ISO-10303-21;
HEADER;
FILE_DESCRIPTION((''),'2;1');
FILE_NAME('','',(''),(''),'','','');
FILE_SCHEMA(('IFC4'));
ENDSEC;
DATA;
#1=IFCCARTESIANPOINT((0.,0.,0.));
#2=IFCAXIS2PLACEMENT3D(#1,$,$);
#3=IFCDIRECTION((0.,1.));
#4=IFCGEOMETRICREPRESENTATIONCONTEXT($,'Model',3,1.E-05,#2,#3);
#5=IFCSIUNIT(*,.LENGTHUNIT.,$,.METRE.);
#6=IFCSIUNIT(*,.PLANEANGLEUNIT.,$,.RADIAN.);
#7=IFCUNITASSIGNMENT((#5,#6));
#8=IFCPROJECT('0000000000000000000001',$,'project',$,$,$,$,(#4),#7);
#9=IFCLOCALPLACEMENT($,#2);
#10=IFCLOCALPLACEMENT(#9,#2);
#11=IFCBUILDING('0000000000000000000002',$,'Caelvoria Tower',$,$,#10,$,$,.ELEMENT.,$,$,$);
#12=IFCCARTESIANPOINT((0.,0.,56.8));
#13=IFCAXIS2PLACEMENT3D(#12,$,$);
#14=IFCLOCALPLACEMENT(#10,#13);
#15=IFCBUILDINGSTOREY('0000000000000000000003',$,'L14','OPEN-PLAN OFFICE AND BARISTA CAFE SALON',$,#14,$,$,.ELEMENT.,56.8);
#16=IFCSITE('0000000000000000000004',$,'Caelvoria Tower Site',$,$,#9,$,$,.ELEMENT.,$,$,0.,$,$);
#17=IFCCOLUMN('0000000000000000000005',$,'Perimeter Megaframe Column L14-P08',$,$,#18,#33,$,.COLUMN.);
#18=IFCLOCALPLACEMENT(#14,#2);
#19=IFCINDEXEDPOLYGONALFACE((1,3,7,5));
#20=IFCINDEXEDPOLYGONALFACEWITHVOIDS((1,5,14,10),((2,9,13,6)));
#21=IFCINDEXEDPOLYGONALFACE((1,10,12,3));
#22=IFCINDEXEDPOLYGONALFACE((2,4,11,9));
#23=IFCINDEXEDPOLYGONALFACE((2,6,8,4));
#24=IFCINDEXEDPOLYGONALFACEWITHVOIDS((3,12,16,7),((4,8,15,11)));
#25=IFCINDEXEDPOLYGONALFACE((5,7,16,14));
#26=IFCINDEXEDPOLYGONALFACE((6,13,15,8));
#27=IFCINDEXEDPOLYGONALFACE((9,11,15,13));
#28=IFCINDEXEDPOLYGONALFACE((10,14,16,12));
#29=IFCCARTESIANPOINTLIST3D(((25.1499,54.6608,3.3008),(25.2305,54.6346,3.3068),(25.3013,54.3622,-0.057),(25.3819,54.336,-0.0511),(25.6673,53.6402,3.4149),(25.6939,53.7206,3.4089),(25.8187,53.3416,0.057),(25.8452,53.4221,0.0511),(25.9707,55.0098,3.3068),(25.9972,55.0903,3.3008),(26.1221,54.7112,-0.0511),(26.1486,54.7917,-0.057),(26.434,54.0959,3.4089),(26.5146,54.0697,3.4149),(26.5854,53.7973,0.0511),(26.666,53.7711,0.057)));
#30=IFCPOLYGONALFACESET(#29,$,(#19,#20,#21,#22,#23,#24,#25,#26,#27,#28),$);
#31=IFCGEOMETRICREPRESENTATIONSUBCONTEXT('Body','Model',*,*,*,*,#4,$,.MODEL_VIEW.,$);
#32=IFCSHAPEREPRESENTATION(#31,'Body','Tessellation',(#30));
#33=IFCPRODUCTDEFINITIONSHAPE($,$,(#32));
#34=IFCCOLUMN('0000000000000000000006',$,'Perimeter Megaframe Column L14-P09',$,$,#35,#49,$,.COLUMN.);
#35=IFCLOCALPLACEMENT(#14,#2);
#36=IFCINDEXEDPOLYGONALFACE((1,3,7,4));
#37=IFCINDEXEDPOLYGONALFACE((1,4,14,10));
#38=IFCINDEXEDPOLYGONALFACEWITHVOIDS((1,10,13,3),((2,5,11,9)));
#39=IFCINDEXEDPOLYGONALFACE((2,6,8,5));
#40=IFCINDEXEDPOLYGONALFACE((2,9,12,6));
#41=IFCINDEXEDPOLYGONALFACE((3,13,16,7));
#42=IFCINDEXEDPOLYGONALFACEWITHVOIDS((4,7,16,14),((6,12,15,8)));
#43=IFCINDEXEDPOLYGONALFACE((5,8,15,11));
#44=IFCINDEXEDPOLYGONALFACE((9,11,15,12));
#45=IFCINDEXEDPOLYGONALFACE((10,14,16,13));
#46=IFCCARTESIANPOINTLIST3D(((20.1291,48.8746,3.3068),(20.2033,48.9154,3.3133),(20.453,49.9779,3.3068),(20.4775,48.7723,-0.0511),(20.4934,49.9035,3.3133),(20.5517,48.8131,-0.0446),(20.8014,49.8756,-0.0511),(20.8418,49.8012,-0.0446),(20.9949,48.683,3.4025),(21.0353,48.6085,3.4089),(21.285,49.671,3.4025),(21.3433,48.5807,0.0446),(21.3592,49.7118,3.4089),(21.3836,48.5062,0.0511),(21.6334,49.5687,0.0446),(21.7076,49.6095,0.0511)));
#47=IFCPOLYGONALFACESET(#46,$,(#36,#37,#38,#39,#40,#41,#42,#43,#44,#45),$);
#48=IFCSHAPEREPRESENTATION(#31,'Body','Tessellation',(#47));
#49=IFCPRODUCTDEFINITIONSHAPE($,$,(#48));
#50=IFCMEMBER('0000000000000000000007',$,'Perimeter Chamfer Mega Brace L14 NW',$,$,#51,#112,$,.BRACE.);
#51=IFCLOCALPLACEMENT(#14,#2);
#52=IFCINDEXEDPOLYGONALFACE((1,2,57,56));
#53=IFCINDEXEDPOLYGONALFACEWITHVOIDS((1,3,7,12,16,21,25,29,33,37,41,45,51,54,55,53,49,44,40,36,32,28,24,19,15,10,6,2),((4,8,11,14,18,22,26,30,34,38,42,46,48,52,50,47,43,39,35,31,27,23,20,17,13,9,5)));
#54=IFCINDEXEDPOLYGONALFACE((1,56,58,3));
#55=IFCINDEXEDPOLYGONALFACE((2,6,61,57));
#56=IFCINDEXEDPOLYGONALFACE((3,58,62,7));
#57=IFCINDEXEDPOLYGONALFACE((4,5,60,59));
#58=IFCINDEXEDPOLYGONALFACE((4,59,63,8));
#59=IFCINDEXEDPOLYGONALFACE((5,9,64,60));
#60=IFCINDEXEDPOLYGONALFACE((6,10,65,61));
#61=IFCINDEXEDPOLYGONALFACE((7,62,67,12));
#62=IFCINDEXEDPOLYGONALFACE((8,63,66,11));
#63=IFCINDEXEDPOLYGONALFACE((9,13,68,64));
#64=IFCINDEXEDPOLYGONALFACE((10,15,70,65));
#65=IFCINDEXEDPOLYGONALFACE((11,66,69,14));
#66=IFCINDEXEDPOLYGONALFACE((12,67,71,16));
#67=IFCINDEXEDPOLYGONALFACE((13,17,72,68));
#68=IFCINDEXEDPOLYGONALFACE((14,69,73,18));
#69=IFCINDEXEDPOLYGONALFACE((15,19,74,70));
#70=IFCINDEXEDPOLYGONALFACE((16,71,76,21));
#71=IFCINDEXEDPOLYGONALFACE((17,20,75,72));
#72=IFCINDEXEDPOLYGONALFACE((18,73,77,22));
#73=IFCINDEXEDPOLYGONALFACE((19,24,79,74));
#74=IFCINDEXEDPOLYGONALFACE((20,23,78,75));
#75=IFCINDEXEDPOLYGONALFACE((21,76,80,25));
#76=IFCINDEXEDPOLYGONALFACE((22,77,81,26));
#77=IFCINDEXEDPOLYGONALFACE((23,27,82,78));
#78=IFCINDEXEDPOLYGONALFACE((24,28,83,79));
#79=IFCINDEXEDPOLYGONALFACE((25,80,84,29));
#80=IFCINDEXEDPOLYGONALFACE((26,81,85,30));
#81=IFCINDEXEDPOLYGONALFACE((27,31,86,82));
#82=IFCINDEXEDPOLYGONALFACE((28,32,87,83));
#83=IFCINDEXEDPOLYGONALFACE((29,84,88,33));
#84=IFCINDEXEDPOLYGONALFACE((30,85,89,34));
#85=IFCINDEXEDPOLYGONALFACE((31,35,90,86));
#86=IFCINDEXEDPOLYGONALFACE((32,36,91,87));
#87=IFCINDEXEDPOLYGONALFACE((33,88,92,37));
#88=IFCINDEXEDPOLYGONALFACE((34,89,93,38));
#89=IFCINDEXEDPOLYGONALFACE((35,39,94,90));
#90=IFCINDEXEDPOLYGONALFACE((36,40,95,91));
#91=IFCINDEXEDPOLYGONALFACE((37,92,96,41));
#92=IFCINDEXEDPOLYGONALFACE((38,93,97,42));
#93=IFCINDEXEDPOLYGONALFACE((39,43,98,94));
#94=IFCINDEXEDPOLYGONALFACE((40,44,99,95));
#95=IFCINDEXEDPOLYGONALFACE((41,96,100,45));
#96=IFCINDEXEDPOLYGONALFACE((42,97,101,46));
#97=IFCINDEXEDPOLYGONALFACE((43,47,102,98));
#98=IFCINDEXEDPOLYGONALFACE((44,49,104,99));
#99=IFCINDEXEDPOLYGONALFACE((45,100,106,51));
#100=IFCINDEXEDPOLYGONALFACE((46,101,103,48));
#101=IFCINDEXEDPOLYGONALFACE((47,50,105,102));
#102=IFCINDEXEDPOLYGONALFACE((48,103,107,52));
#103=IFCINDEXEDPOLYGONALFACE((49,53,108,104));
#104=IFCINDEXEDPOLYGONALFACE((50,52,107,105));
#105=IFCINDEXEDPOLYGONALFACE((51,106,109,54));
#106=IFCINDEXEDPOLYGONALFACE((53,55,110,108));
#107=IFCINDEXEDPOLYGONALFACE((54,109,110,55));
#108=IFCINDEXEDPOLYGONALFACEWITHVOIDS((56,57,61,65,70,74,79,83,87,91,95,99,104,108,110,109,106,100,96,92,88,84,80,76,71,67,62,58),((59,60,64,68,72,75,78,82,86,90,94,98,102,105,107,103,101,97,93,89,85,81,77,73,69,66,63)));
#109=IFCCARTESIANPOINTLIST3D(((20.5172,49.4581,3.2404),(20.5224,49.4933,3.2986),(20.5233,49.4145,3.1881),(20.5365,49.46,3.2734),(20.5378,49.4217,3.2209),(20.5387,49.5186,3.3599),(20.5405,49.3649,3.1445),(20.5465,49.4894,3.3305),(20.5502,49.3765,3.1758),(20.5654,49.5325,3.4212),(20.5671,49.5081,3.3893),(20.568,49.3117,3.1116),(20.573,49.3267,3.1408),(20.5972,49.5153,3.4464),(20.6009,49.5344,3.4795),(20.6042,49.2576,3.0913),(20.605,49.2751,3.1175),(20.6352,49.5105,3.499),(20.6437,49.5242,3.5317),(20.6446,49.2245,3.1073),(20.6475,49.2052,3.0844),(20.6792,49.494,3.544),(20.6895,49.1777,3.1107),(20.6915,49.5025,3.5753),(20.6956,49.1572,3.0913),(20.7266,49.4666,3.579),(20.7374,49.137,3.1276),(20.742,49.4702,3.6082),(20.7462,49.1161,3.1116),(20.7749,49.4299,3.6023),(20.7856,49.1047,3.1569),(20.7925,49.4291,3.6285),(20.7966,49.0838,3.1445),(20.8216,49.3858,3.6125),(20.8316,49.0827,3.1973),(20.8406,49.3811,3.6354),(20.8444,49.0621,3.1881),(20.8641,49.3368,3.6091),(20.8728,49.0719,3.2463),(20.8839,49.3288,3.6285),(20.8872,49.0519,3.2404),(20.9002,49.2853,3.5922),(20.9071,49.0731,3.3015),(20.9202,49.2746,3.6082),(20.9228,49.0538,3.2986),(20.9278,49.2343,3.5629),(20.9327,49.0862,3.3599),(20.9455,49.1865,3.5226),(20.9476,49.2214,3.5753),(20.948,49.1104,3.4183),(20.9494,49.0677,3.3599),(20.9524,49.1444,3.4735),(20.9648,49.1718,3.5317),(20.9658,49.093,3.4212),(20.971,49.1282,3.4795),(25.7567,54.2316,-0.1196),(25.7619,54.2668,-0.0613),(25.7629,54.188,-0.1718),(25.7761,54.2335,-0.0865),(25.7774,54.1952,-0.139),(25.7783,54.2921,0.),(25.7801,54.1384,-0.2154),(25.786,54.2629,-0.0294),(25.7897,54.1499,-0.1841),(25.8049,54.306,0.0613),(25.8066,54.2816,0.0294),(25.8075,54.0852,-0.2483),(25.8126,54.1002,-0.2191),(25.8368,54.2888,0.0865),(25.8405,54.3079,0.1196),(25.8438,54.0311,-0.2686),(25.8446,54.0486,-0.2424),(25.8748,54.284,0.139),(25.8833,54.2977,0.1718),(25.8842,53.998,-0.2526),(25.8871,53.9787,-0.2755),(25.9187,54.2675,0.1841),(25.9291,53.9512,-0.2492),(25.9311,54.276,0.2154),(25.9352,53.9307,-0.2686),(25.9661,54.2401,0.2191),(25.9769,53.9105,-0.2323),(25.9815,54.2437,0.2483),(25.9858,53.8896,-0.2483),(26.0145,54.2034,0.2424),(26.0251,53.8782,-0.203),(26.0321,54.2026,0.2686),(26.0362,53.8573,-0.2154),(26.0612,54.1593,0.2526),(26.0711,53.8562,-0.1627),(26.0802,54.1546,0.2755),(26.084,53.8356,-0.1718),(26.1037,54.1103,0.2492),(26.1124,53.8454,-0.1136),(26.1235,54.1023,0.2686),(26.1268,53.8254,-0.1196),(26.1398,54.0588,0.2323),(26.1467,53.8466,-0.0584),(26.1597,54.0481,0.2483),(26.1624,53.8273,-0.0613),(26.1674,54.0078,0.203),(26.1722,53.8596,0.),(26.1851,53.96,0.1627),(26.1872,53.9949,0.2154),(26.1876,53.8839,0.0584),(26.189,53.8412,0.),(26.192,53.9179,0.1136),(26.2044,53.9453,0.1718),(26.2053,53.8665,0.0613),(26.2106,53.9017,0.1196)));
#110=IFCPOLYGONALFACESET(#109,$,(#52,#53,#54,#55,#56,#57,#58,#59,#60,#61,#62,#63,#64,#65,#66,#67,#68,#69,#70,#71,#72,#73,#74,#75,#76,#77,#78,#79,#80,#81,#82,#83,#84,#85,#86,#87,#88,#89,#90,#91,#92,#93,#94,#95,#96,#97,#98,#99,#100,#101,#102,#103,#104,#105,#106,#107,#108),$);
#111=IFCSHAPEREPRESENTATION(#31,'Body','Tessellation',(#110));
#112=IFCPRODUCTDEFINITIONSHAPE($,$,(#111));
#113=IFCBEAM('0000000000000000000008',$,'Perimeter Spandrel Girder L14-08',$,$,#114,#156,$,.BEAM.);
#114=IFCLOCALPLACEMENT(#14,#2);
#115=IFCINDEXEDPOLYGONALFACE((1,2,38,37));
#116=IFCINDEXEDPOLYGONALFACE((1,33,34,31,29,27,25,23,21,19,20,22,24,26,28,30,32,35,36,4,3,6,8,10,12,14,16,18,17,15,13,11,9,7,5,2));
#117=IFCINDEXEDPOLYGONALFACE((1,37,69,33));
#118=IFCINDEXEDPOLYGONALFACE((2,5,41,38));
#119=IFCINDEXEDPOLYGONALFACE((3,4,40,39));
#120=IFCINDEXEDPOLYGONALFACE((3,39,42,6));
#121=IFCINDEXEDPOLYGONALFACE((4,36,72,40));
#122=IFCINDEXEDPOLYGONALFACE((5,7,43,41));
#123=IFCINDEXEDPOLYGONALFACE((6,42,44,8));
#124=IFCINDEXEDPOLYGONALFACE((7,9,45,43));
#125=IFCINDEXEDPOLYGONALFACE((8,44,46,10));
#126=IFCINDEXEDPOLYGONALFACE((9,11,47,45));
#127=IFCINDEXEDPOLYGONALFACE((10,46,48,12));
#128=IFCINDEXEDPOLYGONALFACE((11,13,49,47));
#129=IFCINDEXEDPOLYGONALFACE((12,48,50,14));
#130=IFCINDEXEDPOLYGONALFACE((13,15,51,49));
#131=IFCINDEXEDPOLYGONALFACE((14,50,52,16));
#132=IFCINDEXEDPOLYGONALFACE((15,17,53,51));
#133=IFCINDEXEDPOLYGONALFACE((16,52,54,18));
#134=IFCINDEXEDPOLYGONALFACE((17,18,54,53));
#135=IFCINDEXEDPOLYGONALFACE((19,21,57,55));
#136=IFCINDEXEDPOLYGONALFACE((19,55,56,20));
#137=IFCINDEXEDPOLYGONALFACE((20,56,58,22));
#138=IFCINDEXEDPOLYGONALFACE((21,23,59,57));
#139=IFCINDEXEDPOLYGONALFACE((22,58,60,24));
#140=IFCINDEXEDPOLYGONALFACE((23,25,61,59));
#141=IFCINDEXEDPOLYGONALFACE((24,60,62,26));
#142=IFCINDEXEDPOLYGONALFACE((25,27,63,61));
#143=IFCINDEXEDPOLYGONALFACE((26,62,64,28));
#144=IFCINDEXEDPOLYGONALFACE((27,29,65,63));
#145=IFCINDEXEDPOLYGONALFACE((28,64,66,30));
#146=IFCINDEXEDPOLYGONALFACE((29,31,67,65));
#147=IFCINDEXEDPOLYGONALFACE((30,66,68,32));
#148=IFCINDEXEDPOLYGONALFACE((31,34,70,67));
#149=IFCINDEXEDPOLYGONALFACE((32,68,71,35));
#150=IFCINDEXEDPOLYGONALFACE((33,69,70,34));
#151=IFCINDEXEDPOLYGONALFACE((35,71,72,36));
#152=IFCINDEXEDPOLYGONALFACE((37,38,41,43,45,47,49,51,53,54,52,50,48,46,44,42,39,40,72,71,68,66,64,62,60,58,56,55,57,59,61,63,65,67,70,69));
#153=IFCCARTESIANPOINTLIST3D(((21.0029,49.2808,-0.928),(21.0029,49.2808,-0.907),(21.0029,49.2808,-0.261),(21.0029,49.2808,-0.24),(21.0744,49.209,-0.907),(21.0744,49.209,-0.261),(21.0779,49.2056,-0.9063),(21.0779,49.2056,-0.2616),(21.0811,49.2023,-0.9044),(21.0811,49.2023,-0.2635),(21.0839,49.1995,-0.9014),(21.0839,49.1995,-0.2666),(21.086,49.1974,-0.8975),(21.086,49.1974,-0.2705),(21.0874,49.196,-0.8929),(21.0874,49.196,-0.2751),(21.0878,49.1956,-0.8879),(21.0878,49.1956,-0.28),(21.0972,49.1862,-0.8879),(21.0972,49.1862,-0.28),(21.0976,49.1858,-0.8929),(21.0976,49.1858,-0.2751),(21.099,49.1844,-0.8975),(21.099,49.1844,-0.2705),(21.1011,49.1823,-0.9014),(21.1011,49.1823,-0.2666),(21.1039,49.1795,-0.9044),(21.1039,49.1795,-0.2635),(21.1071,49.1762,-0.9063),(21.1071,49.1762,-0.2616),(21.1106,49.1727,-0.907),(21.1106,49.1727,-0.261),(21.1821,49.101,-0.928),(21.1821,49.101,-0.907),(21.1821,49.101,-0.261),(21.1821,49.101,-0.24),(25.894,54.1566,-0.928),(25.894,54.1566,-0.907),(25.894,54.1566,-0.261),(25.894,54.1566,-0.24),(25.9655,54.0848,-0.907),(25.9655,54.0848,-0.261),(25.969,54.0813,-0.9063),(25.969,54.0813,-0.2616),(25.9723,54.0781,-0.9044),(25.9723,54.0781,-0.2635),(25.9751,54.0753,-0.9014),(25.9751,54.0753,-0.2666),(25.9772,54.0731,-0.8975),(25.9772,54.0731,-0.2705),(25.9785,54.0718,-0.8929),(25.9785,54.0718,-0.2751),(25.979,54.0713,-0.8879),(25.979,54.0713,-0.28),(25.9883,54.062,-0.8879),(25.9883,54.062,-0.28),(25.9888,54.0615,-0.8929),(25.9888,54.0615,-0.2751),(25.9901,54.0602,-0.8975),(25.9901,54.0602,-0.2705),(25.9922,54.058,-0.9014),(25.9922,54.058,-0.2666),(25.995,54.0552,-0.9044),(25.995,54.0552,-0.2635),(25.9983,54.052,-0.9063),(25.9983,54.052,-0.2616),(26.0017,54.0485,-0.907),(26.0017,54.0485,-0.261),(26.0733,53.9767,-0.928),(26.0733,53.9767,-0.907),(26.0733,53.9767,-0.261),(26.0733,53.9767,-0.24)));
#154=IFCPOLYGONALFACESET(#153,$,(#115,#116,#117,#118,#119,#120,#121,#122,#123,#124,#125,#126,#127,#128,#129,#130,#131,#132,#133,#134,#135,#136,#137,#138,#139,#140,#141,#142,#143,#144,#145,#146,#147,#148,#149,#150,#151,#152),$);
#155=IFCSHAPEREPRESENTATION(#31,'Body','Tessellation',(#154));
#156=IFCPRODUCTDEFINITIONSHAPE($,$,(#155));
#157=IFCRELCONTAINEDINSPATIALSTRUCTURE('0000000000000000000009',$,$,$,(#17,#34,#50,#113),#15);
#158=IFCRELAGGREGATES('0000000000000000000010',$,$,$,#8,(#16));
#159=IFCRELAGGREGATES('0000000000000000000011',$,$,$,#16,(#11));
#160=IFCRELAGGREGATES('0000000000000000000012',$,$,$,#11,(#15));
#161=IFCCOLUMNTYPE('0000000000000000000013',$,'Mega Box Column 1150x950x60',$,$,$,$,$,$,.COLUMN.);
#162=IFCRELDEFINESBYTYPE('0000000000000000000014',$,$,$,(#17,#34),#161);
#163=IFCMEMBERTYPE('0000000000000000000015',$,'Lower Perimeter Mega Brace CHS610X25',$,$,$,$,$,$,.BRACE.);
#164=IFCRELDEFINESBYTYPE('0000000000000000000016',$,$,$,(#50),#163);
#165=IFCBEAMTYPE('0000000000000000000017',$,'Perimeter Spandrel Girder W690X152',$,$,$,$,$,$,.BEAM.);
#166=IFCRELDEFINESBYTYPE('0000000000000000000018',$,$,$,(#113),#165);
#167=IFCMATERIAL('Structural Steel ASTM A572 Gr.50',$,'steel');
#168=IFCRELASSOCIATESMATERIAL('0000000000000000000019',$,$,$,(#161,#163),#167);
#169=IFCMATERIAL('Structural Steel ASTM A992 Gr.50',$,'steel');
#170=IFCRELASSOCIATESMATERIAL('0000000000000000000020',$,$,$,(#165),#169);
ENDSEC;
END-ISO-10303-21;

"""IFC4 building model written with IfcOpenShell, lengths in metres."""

from ifc_helpers import new_model, si_unit, direction, frame, origin, origin_2d, place, context, subcontext, project, spatial, hollow_rectangle, hollow_circle, i_section, extrude, material, material_profile, profile_set, type_object, element, save


model = new_model("IFC4")

# Units and contexts
model_context = context("Model", 3, precision=1e-05, world=origin(), true_north=direction((0.0, 1.0)))
body_context = subcontext(model_context, "Body", "Model", "MODEL_VIEW")
ifc_project = project(units=[si_unit("LENGTHUNIT", "METRE"), si_unit("PLANEANGLEUNIT", "RADIAN")], contexts=[model_context])

# Site, building, storey
site_placement = place(None, origin())
site = spatial("IfcSite", under=ifc_project, at=site_placement, Name="Caelvoria Tower Site", CompositionType="ELEMENT", RefElevation=0.0)
building_placement = place(site_placement, origin())
building = spatial("IfcBuilding", under=site, at=building_placement, Name="Caelvoria Tower", CompositionType="ELEMENT")
storey_placement = place(building_placement, frame((0.0, 0.0, 56.8)))
storey = spatial("IfcBuildingStorey", under=building, at=storey_placement, Name="L14", Description="OPEN-PLAN OFFICE AND BARISTA CAFE SALON", CompositionType="ELEMENT", Elevation=56.8)

# Columns
ifc_material_1 = material(Name="Structural Steel ASTM A572 Gr.50", Category="steel")
ifc_material_profile_1 = material_profile(ifc_material_1, hollow_rectangle(XDim=0.95, YDim=1.1499, WallThickness=0.0601, at=origin_2d()), Name="Structural Steel ASTM A572 Gr.50")
ifc_profile_set_1 = profile_set([ifc_material_profile_1], Name="BOX1150X950X60 - Structural Steel ASTM A572 Gr.50")
column_type = type_object("IfcColumnType", Name="Mega Box Column 1150x950x60", PredefinedType="COLUMN", material=ifc_profile_set_1)
column_1_placement = place(storey_placement, frame((25.9836, 54.0667, 0.0), z_axis=(-0.044855, 0.088481, 0.995067), x_axis=(-0.891934, -0.452166, 0.0)))
element("IfcColumn", 1, at=column_1_placement, inside=storey, type_object=column_type, Name="Perimeter Megaframe Column L14-P08", PredefinedType="COLUMN", context=body_context, shape_type="SweptSolid", body=[
    extrude(hollow_rectangle(XDim=0.95, YDim=1.1499, WallThickness=0.0601, at=origin_2d()), origin(), (0.0, 0.0, 1.0), 3.3745),
])
column_2_placement = place(storey_placement, frame((21.0925, 49.1909, 0.0), z_axis=(-0.10315, 0.030287, 0.994205), x_axis=(0.953933, -0.280097, 0.107505)))
element("IfcColumn", 2, at=column_2_placement, inside=storey, type_object=column_type, Name="Perimeter Megaframe Column L14-P09", PredefinedType="COLUMN", context=body_context, shape_type="SweptSolid", body=[
    extrude(hollow_rectangle(XDim=0.95, YDim=1.1499, WallThickness=0.0601, at=origin_2d()), origin(), (0.0, 0.0, 1.0), 3.3774),
])

# Member
ifc_material_profile_2 = material_profile(ifc_material_1, hollow_circle(Radius=0.3049, WallThickness=0.0249, at=origin_2d()), Name="Structural Steel ASTM A572 Gr.50")
ifc_profile_set_2 = profile_set([ifc_material_profile_2], Name="CHS610X25 - Structural Steel ASTM A572 Gr.50")
member_type = type_object("IfcMemberType", Name="Lower Perimeter Mega Brace CHS610X25", PredefinedType="BRACE", material=ifc_profile_set_2)
member_placement = place(storey_placement, frame((25.9836, 54.0667, 0.0), z_axis=(-0.667972, -0.608554, 0.428341), x_axis=(0.673464, -0.73922, 0.0)))
element("IfcMember", 3, at=member_placement, inside=storey, type_object=member_type, Name="Perimeter Chamfer Mega Brace L14 NW", PredefinedType="BRACE", context=body_context, shape_type="SweptSolid", body=[
    extrude(hollow_circle(Radius=0.3049, WallThickness=0.0249, at=origin_2d()), origin(), (0.0, 0.0, 1.0), 7.844),
])

# Beam
ifc_material_2 = material(Name="Structural Steel ASTM A992 Gr.50", Category="steel")
ifc_material_profile_3 = material_profile(ifc_material_2, i_section(OverallWidth=0.2539, OverallDepth=0.688, WebThickness=0.0132, FlangeThickness=0.021, FilletRadius=0.019, at=origin_2d()), Name="Structural Steel ASTM A992 Gr.50")
ifc_profile_set_3 = profile_set([ifc_material_profile_3], Name="W690X152 - Structural Steel ASTM A992 Gr.50")
beam_type_1 = type_object("IfcBeamType", Name="Perimeter Spandrel Girder W690X152", PredefinedType="BEAM", material=ifc_profile_set_3)
beam_1_placement = place(storey_placement, frame((25.9836, 54.0667, -0.584), z_axis=(-0.708219, -0.705992, 0.0), x_axis=(0.705992, -0.708219, 0.0)))
element("IfcBeam", 4, at=beam_1_placement, inside=storey, type_object=beam_type_1, Name="Perimeter Spandrel Girder L14-08", PredefinedType="BEAM", context=body_context, shape_type="SweptSolid", body=[
    extrude(i_section(OverallWidth=0.2539, OverallDepth=0.688, WebThickness=0.0132, FlangeThickness=0.021, FilletRadius=0.019, at=origin_2d()), origin(), (0.0, 0.0, 1.0), 6.9062),
])

save(model, "model.ifc")
